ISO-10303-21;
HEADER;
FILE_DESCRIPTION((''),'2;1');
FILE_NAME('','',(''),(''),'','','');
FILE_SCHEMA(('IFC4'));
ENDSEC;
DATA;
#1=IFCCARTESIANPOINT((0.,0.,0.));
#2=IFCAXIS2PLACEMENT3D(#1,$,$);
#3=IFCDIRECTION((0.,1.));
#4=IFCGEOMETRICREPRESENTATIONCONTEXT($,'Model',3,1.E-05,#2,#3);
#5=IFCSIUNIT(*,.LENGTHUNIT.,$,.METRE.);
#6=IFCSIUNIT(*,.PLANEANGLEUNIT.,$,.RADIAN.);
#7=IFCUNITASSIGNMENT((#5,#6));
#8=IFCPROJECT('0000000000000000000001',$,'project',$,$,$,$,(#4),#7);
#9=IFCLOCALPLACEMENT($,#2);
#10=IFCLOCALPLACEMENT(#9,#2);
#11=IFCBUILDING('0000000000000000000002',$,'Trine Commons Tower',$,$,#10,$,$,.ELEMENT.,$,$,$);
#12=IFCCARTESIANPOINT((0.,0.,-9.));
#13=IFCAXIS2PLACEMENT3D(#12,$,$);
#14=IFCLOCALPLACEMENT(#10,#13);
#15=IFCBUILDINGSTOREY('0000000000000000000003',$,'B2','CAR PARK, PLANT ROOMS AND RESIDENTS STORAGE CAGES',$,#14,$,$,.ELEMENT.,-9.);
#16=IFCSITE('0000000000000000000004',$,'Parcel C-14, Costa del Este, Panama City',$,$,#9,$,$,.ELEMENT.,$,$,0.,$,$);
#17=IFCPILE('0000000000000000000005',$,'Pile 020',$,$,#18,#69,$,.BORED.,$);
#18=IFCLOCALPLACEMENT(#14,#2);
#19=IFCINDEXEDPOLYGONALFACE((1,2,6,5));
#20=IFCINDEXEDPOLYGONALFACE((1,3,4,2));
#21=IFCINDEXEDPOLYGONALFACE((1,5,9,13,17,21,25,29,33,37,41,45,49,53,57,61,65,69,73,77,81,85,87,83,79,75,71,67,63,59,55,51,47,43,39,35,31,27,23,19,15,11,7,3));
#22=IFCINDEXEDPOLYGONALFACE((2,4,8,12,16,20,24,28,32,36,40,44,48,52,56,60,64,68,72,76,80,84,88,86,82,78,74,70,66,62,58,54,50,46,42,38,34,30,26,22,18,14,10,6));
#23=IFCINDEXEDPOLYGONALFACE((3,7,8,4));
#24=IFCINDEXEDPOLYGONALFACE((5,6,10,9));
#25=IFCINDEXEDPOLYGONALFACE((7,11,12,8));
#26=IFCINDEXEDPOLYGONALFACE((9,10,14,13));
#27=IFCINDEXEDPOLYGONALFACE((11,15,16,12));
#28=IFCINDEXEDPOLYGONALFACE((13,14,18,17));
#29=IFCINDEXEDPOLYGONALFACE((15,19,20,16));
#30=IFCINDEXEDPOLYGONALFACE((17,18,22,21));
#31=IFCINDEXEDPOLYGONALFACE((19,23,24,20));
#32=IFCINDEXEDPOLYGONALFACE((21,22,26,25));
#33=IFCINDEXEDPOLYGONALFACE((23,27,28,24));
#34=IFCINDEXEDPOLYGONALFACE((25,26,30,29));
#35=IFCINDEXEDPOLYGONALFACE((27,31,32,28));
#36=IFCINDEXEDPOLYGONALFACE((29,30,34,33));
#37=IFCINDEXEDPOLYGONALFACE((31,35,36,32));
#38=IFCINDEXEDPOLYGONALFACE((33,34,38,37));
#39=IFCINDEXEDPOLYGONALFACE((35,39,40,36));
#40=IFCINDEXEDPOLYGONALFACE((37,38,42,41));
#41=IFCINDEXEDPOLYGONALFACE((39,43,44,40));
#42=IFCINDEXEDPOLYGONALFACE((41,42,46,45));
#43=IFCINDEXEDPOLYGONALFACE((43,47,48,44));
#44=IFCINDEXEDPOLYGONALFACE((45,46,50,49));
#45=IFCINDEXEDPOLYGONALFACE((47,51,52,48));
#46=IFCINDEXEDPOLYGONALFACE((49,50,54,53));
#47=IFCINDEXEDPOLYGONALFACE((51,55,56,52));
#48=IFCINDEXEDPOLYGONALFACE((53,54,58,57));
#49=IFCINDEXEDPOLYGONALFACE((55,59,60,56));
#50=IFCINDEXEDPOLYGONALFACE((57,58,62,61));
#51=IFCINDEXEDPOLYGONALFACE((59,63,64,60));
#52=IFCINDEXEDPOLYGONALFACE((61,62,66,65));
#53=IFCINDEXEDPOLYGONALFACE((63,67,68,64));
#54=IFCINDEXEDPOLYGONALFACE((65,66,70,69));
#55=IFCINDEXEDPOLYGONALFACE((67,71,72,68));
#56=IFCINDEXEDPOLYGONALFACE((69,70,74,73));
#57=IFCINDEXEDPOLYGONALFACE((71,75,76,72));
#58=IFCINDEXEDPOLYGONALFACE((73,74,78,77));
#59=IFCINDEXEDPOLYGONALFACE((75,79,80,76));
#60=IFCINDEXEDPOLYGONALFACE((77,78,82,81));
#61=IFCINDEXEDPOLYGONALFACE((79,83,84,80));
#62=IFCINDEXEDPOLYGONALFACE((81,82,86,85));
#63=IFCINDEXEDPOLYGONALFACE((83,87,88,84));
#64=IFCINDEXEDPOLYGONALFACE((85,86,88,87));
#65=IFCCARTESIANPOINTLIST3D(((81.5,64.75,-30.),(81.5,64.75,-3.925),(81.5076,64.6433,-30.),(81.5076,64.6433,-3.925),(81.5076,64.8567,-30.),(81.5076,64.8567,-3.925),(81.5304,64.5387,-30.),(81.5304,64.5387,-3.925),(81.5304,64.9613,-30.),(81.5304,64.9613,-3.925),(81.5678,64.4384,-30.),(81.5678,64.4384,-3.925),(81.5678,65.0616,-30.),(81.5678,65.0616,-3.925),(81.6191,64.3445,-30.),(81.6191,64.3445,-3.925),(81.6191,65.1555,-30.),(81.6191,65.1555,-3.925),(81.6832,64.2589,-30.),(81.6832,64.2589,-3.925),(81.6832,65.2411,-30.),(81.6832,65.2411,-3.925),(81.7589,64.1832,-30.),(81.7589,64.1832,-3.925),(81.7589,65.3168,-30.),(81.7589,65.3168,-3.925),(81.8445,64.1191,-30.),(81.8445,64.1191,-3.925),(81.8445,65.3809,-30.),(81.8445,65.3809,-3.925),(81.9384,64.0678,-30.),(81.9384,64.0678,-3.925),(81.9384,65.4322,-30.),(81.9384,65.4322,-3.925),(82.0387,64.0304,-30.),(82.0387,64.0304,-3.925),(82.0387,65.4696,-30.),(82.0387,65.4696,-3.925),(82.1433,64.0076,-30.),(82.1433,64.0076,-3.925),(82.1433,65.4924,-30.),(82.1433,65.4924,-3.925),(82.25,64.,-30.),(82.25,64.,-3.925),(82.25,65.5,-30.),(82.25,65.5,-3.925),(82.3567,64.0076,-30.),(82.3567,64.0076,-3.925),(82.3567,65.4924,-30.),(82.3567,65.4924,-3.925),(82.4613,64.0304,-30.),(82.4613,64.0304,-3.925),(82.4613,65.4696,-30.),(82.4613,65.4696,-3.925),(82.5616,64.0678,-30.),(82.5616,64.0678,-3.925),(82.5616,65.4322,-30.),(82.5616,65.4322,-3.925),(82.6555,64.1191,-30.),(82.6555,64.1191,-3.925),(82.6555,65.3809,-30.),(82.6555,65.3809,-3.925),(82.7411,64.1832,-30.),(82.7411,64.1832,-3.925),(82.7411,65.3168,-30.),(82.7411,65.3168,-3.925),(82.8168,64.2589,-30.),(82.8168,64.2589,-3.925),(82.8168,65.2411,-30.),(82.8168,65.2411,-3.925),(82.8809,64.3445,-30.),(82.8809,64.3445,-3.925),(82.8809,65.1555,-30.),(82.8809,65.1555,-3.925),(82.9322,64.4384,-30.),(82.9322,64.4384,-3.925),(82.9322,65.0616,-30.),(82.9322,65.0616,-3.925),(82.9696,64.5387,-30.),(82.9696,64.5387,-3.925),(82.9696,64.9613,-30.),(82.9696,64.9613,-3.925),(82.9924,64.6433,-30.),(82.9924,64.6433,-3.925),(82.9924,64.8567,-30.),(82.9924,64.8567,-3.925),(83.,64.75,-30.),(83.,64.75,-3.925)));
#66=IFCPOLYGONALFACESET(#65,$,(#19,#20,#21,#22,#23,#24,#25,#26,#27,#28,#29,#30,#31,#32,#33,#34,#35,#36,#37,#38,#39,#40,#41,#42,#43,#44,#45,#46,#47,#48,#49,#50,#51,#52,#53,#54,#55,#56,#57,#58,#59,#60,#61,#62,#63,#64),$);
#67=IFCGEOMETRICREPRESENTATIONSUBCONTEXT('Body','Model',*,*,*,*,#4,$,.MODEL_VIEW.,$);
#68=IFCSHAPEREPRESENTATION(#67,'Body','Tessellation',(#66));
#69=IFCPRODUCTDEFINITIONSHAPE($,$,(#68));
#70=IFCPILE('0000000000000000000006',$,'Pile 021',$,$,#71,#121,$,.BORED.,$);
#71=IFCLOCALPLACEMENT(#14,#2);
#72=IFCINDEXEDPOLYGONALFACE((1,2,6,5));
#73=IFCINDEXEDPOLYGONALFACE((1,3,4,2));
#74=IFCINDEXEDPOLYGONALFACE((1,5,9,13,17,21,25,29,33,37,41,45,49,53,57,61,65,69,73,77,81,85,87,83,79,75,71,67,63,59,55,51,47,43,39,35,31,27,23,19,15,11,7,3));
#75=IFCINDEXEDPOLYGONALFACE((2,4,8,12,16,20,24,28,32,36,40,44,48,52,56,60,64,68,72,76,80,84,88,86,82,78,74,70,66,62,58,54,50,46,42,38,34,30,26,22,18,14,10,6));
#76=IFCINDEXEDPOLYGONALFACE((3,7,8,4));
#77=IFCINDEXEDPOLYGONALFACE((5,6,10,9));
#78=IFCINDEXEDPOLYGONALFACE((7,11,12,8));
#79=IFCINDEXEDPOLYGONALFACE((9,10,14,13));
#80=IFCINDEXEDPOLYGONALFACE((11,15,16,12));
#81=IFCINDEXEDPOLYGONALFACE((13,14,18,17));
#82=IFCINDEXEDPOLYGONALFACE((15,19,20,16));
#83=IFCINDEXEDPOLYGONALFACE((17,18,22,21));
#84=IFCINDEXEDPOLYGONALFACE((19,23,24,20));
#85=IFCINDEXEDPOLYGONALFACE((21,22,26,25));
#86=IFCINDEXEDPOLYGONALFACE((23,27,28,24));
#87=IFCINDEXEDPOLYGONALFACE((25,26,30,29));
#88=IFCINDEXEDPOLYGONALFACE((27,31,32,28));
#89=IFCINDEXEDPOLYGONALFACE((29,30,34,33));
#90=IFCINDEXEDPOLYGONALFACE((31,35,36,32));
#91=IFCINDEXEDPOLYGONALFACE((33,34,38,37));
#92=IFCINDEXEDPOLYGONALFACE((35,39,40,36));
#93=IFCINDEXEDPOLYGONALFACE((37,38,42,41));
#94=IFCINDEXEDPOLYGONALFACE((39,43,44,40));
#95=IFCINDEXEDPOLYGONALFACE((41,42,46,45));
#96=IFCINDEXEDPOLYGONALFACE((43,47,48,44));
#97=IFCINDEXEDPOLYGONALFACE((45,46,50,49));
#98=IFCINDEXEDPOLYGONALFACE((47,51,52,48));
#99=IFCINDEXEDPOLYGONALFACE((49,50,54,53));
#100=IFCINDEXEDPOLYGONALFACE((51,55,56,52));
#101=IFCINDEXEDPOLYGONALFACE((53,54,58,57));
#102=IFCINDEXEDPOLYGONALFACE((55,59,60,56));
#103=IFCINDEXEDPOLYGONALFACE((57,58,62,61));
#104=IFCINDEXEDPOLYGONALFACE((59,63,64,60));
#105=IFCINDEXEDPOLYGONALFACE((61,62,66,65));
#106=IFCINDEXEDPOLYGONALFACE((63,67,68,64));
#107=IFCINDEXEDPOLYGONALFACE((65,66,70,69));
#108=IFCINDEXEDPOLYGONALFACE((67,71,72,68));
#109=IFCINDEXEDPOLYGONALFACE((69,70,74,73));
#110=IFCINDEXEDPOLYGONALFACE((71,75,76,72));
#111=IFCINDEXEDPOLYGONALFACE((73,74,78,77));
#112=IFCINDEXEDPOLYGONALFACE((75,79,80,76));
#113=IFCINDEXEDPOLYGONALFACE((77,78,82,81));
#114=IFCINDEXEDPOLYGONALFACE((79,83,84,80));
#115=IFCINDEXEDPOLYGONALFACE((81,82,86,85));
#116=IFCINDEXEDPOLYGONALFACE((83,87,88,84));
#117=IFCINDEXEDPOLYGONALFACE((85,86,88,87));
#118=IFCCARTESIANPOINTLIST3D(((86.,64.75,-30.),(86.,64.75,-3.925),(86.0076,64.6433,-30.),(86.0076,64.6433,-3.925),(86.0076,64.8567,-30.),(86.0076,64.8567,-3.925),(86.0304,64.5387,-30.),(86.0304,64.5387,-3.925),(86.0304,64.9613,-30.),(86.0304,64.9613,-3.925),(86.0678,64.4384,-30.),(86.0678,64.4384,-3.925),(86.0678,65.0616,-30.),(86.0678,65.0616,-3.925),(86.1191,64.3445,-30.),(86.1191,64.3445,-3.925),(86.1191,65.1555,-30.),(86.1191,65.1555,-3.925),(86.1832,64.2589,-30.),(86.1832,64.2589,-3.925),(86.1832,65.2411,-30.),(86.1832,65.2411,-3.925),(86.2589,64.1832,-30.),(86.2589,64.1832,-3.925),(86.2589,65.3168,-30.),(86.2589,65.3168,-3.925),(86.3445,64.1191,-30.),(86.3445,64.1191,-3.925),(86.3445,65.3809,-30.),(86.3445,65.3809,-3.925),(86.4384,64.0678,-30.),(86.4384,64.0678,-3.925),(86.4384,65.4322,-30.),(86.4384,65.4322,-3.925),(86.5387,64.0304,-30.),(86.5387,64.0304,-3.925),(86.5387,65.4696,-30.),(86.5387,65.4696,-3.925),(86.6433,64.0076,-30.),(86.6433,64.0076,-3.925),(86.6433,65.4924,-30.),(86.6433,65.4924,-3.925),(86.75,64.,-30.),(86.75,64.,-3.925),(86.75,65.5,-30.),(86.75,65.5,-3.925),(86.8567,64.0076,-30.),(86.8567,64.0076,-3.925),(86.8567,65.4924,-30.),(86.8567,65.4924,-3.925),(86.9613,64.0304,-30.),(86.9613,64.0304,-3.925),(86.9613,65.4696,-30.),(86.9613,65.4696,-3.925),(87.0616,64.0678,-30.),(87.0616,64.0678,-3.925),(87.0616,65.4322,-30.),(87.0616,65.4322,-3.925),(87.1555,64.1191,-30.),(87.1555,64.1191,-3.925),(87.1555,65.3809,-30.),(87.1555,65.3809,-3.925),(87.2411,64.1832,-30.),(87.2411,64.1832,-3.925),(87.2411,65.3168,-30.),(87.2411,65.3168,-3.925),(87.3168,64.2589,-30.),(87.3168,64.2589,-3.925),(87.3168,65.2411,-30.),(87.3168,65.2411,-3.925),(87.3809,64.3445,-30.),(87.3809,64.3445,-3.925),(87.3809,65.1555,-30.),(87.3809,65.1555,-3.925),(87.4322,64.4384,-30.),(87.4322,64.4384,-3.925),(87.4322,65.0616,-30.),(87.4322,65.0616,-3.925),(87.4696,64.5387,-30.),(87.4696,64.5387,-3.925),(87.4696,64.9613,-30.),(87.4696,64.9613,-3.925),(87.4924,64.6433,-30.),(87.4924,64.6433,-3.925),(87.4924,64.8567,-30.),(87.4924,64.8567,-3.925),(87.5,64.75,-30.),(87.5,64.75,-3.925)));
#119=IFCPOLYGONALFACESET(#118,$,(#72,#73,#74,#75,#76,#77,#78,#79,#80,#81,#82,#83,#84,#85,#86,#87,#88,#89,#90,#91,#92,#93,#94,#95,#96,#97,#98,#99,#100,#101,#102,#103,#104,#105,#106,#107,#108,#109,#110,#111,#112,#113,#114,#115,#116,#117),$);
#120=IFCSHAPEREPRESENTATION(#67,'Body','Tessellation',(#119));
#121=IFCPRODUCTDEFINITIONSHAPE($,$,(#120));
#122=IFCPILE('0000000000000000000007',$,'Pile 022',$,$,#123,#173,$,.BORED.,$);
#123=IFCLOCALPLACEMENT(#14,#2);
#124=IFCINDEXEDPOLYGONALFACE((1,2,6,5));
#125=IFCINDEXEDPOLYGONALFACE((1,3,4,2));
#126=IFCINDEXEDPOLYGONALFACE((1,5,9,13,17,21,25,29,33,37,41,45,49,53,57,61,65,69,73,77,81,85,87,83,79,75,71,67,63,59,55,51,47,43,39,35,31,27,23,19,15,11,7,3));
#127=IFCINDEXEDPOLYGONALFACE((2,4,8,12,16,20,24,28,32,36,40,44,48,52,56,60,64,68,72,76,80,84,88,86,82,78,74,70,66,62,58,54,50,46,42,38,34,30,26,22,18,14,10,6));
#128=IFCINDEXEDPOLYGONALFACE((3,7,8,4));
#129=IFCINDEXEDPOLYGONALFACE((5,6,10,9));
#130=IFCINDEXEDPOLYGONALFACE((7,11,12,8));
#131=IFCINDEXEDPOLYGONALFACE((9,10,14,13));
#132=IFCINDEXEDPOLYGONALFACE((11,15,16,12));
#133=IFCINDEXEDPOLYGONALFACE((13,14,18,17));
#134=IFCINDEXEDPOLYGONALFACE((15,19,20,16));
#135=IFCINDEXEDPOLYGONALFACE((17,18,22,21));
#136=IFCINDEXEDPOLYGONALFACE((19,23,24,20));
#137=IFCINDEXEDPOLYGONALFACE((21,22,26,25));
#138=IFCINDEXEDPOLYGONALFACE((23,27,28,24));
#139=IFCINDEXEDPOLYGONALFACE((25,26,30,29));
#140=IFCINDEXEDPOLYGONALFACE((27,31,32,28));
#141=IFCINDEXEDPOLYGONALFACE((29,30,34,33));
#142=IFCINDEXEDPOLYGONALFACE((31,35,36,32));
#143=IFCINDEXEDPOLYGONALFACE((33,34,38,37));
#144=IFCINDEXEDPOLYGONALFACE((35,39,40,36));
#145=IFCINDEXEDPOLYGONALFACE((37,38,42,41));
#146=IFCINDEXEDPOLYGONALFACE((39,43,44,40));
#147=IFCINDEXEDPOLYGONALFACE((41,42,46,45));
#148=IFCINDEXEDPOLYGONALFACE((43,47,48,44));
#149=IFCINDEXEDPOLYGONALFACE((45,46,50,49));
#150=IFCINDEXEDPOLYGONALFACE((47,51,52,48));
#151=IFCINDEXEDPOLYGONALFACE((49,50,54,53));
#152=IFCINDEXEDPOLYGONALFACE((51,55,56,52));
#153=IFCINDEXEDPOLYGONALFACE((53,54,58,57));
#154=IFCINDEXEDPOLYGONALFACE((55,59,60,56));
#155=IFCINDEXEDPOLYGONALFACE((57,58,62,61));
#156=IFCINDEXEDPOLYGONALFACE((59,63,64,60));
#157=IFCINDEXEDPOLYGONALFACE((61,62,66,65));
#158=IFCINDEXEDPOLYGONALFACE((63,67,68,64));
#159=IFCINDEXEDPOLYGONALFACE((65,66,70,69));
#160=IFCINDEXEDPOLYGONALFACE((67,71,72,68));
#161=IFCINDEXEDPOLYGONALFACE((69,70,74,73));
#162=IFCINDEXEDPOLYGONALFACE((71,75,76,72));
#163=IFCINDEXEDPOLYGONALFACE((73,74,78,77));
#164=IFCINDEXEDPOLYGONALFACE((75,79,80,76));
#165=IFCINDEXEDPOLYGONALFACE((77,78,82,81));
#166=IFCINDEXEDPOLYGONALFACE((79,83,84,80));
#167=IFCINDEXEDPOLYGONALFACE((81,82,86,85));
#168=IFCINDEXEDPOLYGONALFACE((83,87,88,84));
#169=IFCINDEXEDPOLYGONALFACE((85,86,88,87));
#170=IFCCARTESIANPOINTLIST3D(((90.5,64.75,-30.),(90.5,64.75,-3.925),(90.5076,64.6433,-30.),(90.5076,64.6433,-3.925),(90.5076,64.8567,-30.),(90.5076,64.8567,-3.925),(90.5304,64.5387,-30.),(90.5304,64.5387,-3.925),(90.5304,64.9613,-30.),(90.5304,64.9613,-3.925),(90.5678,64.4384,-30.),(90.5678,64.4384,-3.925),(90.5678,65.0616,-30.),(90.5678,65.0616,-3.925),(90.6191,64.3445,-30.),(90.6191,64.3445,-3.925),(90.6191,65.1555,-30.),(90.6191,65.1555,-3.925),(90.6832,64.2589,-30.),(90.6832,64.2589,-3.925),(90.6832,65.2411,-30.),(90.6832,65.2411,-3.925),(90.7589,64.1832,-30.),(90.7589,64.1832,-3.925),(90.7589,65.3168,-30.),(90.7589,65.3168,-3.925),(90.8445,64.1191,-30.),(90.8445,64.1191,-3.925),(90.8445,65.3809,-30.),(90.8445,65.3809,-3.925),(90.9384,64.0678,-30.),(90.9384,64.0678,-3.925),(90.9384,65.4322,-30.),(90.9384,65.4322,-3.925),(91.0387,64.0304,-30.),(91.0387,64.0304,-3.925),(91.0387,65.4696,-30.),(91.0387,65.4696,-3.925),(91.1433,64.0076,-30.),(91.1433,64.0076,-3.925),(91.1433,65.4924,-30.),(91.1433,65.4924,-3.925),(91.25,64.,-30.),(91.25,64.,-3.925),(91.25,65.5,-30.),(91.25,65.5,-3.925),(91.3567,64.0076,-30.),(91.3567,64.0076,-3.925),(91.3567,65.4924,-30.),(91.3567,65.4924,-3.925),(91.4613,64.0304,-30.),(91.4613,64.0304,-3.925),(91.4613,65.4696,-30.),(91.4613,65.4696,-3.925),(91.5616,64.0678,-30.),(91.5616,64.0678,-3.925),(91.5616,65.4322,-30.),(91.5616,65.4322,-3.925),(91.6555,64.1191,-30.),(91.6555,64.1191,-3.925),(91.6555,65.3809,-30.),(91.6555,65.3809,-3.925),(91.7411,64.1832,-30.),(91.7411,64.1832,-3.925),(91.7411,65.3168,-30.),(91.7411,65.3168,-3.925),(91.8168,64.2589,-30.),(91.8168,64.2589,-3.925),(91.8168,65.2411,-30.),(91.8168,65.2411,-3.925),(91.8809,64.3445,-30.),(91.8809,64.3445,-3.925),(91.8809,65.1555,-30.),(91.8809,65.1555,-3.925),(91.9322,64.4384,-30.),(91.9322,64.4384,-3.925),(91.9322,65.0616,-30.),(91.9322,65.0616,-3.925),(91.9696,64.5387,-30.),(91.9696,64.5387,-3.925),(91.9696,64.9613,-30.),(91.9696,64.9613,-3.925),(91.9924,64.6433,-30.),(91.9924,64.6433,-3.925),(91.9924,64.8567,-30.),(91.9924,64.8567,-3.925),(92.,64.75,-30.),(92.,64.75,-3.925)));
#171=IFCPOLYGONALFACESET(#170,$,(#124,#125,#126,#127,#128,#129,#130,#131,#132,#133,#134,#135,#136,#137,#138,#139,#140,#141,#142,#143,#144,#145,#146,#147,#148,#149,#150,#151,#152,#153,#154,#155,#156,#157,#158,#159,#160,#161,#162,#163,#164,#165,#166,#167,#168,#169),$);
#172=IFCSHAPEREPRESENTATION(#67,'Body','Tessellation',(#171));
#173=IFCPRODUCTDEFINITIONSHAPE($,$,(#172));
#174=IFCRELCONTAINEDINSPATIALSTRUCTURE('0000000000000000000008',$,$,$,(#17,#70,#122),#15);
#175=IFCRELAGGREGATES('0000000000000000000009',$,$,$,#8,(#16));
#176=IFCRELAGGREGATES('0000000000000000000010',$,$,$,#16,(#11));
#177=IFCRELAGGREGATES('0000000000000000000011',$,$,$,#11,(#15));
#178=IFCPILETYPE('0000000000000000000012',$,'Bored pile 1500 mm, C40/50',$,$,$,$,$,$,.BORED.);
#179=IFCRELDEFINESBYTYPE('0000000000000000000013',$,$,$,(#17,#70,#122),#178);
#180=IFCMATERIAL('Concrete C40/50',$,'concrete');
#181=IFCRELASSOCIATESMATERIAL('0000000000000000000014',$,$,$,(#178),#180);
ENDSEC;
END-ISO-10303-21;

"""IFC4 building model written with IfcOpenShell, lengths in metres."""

from ifc_helpers import new_model, si_unit, direction, frame, origin, origin_2d, place, context, subcontext, project, spatial, circle, extrude, material, type_object, element, save


model = new_model("IFC4")

# Units and contexts
model_context = context("Model", 3, precision=1e-05, world=origin(), true_north=direction((0.0, 1.0)))
body_context = subcontext(model_context, "Body", "Model", "MODEL_VIEW")
ifc_project = project(units=[si_unit("LENGTHUNIT", "METRE"), si_unit("PLANEANGLEUNIT", "RADIAN")], contexts=[model_context])

# Site, building, storey
site_placement = place(None, origin())
site = spatial("IfcSite", under=ifc_project, at=site_placement, Name="Parcel C-14, Costa del Este, Panama City", CompositionType="ELEMENT", RefElevation=0.0)
building_placement = place(site_placement, origin())
building = spatial("IfcBuilding", under=site, at=building_placement, Name="Trine Commons Tower", CompositionType="ELEMENT")
storey_placement = place(building_placement, frame((0.0, 0.0, -9.0)))
storey = spatial("IfcBuildingStorey", under=building, at=storey_placement, Name="B2", Description="CAR PARK, PLANT ROOMS AND RESIDENTS STORAGE CAGES", CompositionType="ELEMENT", Elevation=-9.0)

# Piles
ifc_material_1 = material(Name="Concrete C40/50", Category="concrete")
pile_type = type_object("IfcPileType", Name="Bored pile 1500 mm, C40/50", PredefinedType="BORED", material=ifc_material_1)
for number, where, z_axis, x_axis, name in (
    (1, (82.25, 64.75, -3.925), (0.0, 0.0, -1.0), (1.0, 0.0, 0.0), "Pile 020"),
    (2, (86.75, 64.75, -3.925), (0.0, 0.0, -1.0), (1.0, 0.0, 0.0), "Pile 021"),
    (3, (91.25, 64.75, -3.925), (0.0, 0.0, -1.0), (1.0, 0.0, 0.0), "Pile 022"),
):
    element("IfcPile", number, at=place(storey_placement, frame(where, z_axis=z_axis, x_axis=x_axis)), inside=storey, type_object=pile_type, Name=name, PredefinedType="BORED", context=body_context, shape_type="SweptSolid", body=[
        extrude(circle(Radius=0.75, at=origin_2d()), origin(), (0.0, 0.0, 1.0), 26.075),
    ])

save(model, "model.ifc")
